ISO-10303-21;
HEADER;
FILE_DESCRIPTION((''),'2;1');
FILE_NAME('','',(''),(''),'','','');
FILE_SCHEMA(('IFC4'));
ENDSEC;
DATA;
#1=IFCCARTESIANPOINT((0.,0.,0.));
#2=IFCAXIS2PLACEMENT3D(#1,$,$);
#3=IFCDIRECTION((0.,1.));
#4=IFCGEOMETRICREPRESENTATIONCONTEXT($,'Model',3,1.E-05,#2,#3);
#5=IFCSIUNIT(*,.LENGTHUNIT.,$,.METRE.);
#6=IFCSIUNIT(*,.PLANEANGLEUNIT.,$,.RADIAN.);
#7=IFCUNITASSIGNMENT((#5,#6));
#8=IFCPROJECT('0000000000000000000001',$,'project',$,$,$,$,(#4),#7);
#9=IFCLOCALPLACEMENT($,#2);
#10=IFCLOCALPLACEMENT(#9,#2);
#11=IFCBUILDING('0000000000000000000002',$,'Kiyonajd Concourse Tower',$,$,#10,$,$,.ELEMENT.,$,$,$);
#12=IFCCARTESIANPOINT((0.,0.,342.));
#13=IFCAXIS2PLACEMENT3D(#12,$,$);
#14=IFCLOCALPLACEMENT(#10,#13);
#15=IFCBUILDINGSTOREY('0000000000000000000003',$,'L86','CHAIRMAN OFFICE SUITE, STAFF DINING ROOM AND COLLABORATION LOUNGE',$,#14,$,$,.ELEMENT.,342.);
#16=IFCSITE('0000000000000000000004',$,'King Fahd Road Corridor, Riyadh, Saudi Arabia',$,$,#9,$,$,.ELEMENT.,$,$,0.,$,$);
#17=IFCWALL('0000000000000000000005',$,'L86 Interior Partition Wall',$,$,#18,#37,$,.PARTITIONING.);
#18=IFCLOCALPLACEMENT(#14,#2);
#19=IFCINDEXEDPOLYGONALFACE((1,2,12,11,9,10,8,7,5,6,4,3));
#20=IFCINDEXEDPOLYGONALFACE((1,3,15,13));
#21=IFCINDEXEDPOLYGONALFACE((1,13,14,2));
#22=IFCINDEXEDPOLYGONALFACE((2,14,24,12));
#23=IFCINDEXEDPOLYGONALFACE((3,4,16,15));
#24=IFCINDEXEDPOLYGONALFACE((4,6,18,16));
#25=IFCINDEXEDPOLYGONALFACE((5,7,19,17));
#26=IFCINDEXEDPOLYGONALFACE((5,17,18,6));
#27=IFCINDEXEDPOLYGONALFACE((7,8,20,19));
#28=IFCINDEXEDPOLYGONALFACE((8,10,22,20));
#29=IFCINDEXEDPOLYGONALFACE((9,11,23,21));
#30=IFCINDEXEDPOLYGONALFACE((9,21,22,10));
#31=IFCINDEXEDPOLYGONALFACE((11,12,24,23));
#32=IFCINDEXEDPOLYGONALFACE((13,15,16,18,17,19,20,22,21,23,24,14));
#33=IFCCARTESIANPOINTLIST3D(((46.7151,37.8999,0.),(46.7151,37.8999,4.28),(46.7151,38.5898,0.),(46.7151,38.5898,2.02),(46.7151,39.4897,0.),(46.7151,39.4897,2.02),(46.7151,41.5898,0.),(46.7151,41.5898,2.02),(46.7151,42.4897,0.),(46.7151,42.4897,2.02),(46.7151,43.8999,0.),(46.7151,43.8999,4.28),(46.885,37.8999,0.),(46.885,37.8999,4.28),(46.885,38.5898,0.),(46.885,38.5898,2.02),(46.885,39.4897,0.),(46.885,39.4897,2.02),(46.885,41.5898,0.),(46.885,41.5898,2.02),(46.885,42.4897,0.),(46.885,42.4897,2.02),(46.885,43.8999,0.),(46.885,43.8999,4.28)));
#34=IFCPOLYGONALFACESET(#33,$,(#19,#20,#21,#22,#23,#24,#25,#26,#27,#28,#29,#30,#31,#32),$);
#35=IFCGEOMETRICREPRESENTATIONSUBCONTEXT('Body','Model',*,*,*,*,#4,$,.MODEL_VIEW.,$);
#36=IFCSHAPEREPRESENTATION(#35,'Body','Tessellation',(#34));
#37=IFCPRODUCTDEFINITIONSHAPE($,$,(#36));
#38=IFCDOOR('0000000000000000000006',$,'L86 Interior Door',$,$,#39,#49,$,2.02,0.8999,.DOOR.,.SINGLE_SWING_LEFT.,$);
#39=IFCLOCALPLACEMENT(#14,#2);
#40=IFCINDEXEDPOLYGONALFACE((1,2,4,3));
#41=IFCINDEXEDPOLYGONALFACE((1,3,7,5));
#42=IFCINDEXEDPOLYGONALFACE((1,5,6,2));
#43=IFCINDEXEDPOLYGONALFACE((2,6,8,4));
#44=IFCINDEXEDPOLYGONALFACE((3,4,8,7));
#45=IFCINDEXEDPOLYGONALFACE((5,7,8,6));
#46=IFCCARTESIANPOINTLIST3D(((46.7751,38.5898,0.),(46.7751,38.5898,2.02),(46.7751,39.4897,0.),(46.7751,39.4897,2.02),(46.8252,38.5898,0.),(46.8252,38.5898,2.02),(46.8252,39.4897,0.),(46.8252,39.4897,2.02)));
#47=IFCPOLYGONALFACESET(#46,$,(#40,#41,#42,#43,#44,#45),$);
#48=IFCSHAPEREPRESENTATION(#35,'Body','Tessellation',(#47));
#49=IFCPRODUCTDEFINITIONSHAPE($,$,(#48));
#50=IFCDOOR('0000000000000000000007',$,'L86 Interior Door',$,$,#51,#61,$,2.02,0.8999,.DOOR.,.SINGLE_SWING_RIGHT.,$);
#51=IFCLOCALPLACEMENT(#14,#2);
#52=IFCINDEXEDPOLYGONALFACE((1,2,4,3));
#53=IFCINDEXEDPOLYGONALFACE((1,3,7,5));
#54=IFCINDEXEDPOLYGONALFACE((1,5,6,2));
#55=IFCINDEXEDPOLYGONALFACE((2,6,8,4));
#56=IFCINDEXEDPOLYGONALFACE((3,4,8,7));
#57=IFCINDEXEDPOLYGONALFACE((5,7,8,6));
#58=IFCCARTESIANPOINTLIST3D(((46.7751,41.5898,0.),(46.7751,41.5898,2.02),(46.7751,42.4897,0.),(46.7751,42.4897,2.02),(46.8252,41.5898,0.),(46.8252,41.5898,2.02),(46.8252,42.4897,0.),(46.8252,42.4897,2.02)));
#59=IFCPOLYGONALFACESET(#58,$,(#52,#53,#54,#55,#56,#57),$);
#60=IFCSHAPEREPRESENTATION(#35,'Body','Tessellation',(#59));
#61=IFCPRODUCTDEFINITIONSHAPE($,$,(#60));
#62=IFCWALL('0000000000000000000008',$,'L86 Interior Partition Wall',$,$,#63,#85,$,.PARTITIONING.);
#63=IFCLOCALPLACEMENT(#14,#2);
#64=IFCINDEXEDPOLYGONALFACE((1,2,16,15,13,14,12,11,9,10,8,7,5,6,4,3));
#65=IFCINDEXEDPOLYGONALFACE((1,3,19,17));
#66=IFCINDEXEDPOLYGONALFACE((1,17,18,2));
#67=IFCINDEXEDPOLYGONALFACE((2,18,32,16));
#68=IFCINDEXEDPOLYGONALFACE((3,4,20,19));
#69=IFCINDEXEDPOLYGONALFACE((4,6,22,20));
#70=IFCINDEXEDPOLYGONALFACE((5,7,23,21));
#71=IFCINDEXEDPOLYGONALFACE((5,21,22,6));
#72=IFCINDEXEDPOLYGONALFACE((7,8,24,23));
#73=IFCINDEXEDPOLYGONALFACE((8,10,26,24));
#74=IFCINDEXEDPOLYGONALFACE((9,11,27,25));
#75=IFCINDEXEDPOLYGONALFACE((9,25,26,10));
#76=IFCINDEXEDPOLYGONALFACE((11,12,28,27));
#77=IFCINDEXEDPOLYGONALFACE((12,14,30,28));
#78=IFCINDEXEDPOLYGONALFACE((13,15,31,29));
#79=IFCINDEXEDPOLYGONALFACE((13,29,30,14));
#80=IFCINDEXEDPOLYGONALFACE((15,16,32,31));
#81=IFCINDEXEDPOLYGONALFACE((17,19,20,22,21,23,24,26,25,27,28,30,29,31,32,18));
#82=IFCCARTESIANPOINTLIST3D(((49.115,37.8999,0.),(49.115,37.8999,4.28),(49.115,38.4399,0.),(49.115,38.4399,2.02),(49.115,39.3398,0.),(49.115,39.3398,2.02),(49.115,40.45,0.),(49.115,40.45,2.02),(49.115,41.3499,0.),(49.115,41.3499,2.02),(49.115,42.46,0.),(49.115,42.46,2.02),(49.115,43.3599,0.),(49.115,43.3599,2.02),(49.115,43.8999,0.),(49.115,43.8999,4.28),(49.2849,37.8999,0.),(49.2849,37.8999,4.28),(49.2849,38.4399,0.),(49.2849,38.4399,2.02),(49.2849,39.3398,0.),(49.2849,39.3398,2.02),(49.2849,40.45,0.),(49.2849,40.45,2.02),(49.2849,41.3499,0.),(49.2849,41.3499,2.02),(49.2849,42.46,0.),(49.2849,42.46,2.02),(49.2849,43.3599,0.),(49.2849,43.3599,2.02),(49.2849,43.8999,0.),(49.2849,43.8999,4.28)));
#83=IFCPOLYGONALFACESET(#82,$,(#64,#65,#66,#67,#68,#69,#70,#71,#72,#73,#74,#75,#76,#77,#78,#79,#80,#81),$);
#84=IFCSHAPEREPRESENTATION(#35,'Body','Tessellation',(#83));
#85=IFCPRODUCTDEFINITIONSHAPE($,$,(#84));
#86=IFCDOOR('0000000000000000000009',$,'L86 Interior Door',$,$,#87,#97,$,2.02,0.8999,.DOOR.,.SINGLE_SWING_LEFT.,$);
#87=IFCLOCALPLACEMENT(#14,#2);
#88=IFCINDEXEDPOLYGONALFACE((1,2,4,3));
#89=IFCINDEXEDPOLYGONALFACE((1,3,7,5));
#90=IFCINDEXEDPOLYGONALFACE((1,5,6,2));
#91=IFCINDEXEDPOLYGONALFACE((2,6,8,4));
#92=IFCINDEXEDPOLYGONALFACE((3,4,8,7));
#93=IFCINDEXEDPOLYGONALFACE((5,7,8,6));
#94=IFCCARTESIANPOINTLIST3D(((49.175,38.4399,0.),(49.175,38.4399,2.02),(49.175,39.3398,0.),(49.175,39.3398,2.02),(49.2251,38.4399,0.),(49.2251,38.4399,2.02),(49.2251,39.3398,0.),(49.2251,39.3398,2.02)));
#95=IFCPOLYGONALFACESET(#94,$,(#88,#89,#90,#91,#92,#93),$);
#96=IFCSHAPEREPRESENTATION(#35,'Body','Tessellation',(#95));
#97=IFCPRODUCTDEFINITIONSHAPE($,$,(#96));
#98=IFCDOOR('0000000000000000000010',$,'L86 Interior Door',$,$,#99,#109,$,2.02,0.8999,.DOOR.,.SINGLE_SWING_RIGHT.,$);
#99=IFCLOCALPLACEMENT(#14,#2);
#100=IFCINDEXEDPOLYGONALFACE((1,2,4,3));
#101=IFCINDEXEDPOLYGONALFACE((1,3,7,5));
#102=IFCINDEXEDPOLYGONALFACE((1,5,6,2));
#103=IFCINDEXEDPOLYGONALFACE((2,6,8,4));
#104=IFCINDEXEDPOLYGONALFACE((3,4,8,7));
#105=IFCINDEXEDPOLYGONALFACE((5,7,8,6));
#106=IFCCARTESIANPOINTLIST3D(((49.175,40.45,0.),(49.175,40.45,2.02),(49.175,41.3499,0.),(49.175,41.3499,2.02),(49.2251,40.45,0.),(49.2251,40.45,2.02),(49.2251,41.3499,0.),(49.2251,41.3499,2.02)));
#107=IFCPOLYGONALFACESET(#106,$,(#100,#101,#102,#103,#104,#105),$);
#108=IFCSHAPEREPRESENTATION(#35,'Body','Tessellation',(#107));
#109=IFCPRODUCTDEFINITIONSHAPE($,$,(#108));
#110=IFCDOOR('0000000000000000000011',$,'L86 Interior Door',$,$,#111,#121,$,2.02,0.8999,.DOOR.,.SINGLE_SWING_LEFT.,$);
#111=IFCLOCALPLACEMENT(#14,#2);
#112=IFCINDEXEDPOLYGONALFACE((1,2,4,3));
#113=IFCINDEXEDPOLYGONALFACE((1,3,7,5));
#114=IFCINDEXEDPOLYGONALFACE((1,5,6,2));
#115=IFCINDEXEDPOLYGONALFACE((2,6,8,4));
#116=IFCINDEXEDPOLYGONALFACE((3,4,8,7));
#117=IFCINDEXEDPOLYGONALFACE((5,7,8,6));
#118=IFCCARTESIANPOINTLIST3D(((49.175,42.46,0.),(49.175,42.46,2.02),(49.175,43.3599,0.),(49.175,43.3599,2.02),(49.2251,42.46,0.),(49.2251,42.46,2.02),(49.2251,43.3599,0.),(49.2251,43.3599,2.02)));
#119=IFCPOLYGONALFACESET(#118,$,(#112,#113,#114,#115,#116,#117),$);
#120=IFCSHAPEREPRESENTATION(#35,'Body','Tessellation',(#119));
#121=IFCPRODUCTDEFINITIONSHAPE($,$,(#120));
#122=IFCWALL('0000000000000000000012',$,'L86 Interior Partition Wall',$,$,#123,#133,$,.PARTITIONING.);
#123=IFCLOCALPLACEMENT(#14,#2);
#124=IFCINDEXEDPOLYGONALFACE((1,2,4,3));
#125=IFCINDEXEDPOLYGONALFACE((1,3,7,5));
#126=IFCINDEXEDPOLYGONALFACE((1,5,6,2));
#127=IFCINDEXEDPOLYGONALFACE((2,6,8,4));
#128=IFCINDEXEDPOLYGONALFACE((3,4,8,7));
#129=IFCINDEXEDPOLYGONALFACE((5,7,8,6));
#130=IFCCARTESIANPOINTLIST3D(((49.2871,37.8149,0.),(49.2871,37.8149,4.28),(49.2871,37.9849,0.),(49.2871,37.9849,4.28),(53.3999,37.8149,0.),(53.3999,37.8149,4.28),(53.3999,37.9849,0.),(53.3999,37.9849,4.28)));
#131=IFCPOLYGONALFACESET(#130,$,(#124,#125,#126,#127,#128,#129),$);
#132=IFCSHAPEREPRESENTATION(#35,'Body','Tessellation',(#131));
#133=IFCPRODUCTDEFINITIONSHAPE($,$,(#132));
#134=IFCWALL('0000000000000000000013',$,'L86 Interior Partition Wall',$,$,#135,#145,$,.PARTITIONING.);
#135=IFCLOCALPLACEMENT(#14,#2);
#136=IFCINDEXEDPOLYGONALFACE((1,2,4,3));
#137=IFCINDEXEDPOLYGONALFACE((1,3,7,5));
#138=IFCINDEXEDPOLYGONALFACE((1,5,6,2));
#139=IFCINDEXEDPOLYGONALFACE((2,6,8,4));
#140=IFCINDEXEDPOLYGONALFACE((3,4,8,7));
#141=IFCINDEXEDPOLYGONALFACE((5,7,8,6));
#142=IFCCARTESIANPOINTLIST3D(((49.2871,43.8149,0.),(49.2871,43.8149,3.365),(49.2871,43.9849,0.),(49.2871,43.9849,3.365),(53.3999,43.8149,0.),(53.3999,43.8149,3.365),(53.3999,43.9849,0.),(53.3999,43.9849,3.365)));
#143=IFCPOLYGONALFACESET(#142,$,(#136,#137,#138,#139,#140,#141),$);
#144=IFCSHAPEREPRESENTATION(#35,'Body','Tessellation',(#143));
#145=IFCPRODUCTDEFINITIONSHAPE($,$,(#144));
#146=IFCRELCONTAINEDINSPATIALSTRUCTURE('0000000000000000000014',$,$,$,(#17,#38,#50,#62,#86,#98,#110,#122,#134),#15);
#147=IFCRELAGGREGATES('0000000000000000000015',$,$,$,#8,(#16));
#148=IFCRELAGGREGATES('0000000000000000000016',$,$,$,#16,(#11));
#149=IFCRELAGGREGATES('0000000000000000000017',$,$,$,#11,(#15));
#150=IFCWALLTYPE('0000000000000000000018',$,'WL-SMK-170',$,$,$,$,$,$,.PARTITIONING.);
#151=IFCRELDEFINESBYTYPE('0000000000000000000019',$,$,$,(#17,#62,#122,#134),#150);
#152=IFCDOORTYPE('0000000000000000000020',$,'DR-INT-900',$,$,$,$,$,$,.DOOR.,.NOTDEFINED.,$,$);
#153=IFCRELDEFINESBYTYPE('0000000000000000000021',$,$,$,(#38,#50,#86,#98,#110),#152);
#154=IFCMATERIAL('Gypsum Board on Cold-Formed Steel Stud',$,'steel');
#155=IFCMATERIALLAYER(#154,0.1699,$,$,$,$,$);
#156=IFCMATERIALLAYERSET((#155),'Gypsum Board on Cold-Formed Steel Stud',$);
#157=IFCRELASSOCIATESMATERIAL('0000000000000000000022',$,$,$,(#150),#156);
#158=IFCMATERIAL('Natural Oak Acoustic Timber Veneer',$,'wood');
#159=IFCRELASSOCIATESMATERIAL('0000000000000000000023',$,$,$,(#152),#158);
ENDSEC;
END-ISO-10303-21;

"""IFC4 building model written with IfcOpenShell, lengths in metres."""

from ifc_helpers import new_model, si_unit, direction, frame, frame_2d, origin, place, context, subcontext, project, spatial, rectangle, extrude, material, layer, layer_set, type_object, element, fill, save


model = new_model("IFC4")

# Units and contexts
model_context = context("Model", 3, precision=1e-05, world=origin(), true_north=direction((0.0, 1.0)))
body_context = subcontext(model_context, "Body", "Model", "MODEL_VIEW")
ifc_project = project(units=[si_unit("LENGTHUNIT", "METRE"), si_unit("PLANEANGLEUNIT", "RADIAN")], contexts=[model_context])

# Site, building, storey
site_placement = place(None, origin())
site = spatial("IfcSite", under=ifc_project, at=site_placement, Name="King Fahd Road Corridor, Riyadh, Saudi Arabia", CompositionType="ELEMENT", RefElevation=0.0)
building_placement = place(site_placement, origin())
building = spatial("IfcBuilding", under=site, at=building_placement, Name="Kiyonajd Concourse Tower", CompositionType="ELEMENT")
storey_placement = place(building_placement, frame((0.0, 0.0, 342.0)))
storey = spatial("IfcBuildingStorey", under=building, at=storey_placement, Name="L86", Description="CHAIRMAN OFFICE SUITE, STAFF DINING ROOM AND COLLABORATION LOUNGE", CompositionType="ELEMENT", Elevation=342.0)

# Shared definitions
ifc_material_1 = material(Name="Gypsum Board on Cold-Formed Steel Stud", Category="steel")

# Walls, openings, doors
ifc_layer_1 = layer(ifc_material_1, 0.1699)
ifc_layer_set_1 = layer_set([ifc_layer_1], Name="Gypsum Board on Cold-Formed Steel Stud")
wall_type_1 = type_object("IfcWallType", Name="WL-SMK-170", PredefinedType="PARTITIONING", material=ifc_layer_set_1)
wall_1_placement = place(storey_placement, frame((46.8, 37.8999, 0.0), z_axis=(0.0, 0.0, 1.0), x_axis=(0.0, 1.0, 0.0)))
wall_1 = element("IfcWall", 1, at=wall_1_placement, inside=storey, type_object=wall_type_1, Name="L86 Interior Partition Wall", PredefinedType="PARTITIONING", context=body_context, shape_type="SweptSolid", body=[
    extrude(rectangle(XDim=6.0, YDim=0.1699, at=frame_2d((3.0, 0.0))), origin(), (0.0, 0.0, 1.0), 4.28),
])
opening_1_placement = place(wall_1_placement, frame((0.6899, 0.0, 0.0)))
opening_1 = element("IfcOpeningElement", 2, at=opening_1_placement, cuts=wall_1, PredefinedType="OPENING", context=body_context, shape_type="SweptSolid", body=[
    extrude(rectangle(XDim=0.8999, YDim=2.02, at=frame_2d((0.45, 1.01))), frame((0.0, 0.095, 0.0), z_axis=(0.0, -1.0, 0.0), x_axis=(1.0, 0.0, 0.0)), (0.0, 0.0, 1.0), 0.1899),
])
opening_2_placement = place(wall_1_placement, frame((3.6899, 0.0, 0.0)))
opening_2 = element("IfcOpeningElement", 3, at=opening_2_placement, cuts=wall_1, PredefinedType="OPENING", context=body_context, shape_type="SweptSolid", body=[
    extrude(rectangle(XDim=0.8999, YDim=2.02, at=frame_2d((0.45, 1.01))), frame((0.0, 0.095, 0.0), z_axis=(0.0, -1.0, 0.0), x_axis=(1.0, 0.0, 0.0)), (0.0, 0.0, 1.0), 0.1899),
])
ifc_material_2 = material(Name="Natural Oak Acoustic Timber Veneer", Category="wood")
door_type_1 = type_object("IfcDoorType", Name="DR-INT-900", OperationType="NOTDEFINED", PredefinedType="DOOR", material=ifc_material_2)
door_1_placement = place(opening_1_placement, origin())
door_1 = element("IfcDoor", 4, at=door_1_placement, inside=storey, type_object=door_type_1, Name="L86 Interior Door", OperationType="SINGLE_SWING_LEFT", OverallHeight=2.02, OverallWidth=0.8999, PredefinedType="DOOR", context=body_context, shape_type="SweptSolid", body=[
    extrude(rectangle(XDim=0.8999, YDim=2.02, at=frame_2d((0.45, 1.01))), frame((0.0, 0.0249, 0.0), z_axis=(0.0, -1.0, 0.0), x_axis=(1.0, 0.0, 0.0)), (0.0, 0.0, 1.0), 0.05),
])
fill(opening_1, door_1)
door_2_placement = place(opening_2_placement, origin())
door_2 = element("IfcDoor", 5, at=door_2_placement, inside=storey, type_object=door_type_1, Name="L86 Interior Door", OperationType="SINGLE_SWING_RIGHT", OverallHeight=2.02, OverallWidth=0.8999, PredefinedType="DOOR", context=body_context, shape_type="SweptSolid", body=[
    extrude(rectangle(XDim=0.8999, YDim=2.02, at=frame_2d((0.45, 1.01))), frame((0.0, 0.0249, 0.0), z_axis=(0.0, -1.0, 0.0), x_axis=(1.0, 0.0, 0.0)), (0.0, 0.0, 1.0), 0.05),
])
fill(opening_2, door_2)
wall_2_placement = place(storey_placement, frame((49.2, 37.8999, 0.0), z_axis=(0.0, 0.0, 1.0), x_axis=(0.0, 1.0, 0.0)))
wall_2 = element("IfcWall", 6, at=wall_2_placement, inside=storey, type_object=wall_type_1, Name="L86 Interior Partition Wall", PredefinedType="PARTITIONING", context=body_context, shape_type="SweptSolid", body=[
    extrude(rectangle(XDim=6.0, YDim=0.1699, at=frame_2d((3.0, 0.0))), origin(), (0.0, 0.0, 1.0), 4.28),
])
opening_3_placement = place(wall_2_placement, frame((0.54, 0.0, 0.0)))
opening_3 = element("IfcOpeningElement", 7, at=opening_3_placement, cuts=wall_2, PredefinedType="OPENING", context=body_context, shape_type="SweptSolid", body=[
    extrude(rectangle(XDim=0.8999, YDim=2.02, at=frame_2d((0.45, 1.01))), frame((0.0, 0.095, 0.0), z_axis=(0.0, -1.0, 0.0), x_axis=(1.0, 0.0, 0.0)), (0.0, 0.0, 1.0), 0.1899),
])
opening_4_placement = place(wall_2_placement, frame((2.55, 0.0, 0.0)))
opening_4 = element("IfcOpeningElement", 8, at=opening_4_placement, cuts=wall_2, PredefinedType="OPENING", context=body_context, shape_type="SweptSolid", body=[
    extrude(rectangle(XDim=0.8999, YDim=2.02, at=frame_2d((0.45, 1.01))), frame((0.0, 0.095, 0.0), z_axis=(0.0, -1.0, 0.0), x_axis=(1.0, 0.0, 0.0)), (0.0, 0.0, 1.0), 0.1899),
])
opening_5_placement = place(wall_2_placement, frame((4.5601, 0.0, 0.0)))
opening_5 = element("IfcOpeningElement", 9, at=opening_5_placement, cuts=wall_2, PredefinedType="OPENING", context=body_context, shape_type="SweptSolid", body=[
    extrude(rectangle(XDim=0.8999, YDim=2.02, at=frame_2d((0.45, 1.01))), frame((0.0, 0.095, 0.0), z_axis=(0.0, -1.0, 0.0), x_axis=(1.0, 0.0, 0.0)), (0.0, 0.0, 1.0), 0.1899),
])
door_3_placement = place(opening_3_placement, origin())
door_3 = element("IfcDoor", 10, at=door_3_placement, inside=storey, type_object=door_type_1, Name="L86 Interior Door", OperationType="SINGLE_SWING_LEFT", OverallHeight=2.02, OverallWidth=0.8999, PredefinedType="DOOR", context=body_context, shape_type="SweptSolid", body=[
    extrude(rectangle(XDim=0.8999, YDim=2.02, at=frame_2d((0.45, 1.01))), frame((0.0, 0.0249, 0.0), z_axis=(0.0, -1.0, 0.0), x_axis=(1.0, 0.0, 0.0)), (0.0, 0.0, 1.0), 0.05),
])
fill(opening_3, door_3)
door_4_placement = place(opening_4_placement, origin())
door_4 = element("IfcDoor", 11, at=door_4_placement, inside=storey, type_object=door_type_1, Name="L86 Interior Door", OperationType="SINGLE_SWING_RIGHT", OverallHeight=2.02, OverallWidth=0.8999, PredefinedType="DOOR", context=body_context, shape_type="SweptSolid", body=[
    extrude(rectangle(XDim=0.8999, YDim=2.02, at=frame_2d((0.45, 1.01))), frame((0.0, 0.0249, 0.0), z_axis=(0.0, -1.0, 0.0), x_axis=(1.0, 0.0, 0.0)), (0.0, 0.0, 1.0), 0.05),
])
fill(opening_4, door_4)
door_5_placement = place(opening_5_placement, origin())
door_5 = element("IfcDoor", 12, at=door_5_placement, inside=storey, type_object=door_type_1, Name="L86 Interior Door", OperationType="SINGLE_SWING_LEFT", OverallHeight=2.02, OverallWidth=0.8999, PredefinedType="DOOR", context=body_context, shape_type="SweptSolid", body=[
    extrude(rectangle(XDim=0.8999, YDim=2.02, at=frame_2d((0.45, 1.01))), frame((0.0, 0.0249, 0.0), z_axis=(0.0, -1.0, 0.0), x_axis=(1.0, 0.0, 0.0)), (0.0, 0.0, 1.0), 0.05),
])
fill(opening_5, door_5)

# Walls
wall_3_placement = place(storey_placement, frame((49.2871, 37.8999, 0.0), z_axis=(0.0, 0.0, 1.0), x_axis=(1.0, 0.0, 0.0)))
element("IfcWall", 13, at=wall_3_placement, inside=storey, type_object=wall_type_1, Name="L86 Interior Partition Wall", PredefinedType="PARTITIONING", context=body_context, shape_type="SweptSolid", body=[
    extrude(rectangle(XDim=4.1128, YDim=0.1699, at=frame_2d((2.0564, 0.0))), origin(), (0.0, 0.0, 1.0), 4.28),
])
wall_4_placement = place(storey_placement, frame((49.2871, 43.8999, 0.0), z_axis=(0.0, 0.0, 1.0), x_axis=(1.0, 0.0, 0.0)))
element("IfcWall", 14, at=wall_4_placement, inside=storey, type_object=wall_type_1, Name="L86 Interior Partition Wall", PredefinedType="PARTITIONING", context=body_context, shape_type="SweptSolid", body=[
    extrude(rectangle(XDim=4.1128, YDim=0.1699, at=frame_2d((2.0564, 0.0))), origin(), (0.0, 0.0, 1.0), 3.365),
])

save(model, "model.ifc")
